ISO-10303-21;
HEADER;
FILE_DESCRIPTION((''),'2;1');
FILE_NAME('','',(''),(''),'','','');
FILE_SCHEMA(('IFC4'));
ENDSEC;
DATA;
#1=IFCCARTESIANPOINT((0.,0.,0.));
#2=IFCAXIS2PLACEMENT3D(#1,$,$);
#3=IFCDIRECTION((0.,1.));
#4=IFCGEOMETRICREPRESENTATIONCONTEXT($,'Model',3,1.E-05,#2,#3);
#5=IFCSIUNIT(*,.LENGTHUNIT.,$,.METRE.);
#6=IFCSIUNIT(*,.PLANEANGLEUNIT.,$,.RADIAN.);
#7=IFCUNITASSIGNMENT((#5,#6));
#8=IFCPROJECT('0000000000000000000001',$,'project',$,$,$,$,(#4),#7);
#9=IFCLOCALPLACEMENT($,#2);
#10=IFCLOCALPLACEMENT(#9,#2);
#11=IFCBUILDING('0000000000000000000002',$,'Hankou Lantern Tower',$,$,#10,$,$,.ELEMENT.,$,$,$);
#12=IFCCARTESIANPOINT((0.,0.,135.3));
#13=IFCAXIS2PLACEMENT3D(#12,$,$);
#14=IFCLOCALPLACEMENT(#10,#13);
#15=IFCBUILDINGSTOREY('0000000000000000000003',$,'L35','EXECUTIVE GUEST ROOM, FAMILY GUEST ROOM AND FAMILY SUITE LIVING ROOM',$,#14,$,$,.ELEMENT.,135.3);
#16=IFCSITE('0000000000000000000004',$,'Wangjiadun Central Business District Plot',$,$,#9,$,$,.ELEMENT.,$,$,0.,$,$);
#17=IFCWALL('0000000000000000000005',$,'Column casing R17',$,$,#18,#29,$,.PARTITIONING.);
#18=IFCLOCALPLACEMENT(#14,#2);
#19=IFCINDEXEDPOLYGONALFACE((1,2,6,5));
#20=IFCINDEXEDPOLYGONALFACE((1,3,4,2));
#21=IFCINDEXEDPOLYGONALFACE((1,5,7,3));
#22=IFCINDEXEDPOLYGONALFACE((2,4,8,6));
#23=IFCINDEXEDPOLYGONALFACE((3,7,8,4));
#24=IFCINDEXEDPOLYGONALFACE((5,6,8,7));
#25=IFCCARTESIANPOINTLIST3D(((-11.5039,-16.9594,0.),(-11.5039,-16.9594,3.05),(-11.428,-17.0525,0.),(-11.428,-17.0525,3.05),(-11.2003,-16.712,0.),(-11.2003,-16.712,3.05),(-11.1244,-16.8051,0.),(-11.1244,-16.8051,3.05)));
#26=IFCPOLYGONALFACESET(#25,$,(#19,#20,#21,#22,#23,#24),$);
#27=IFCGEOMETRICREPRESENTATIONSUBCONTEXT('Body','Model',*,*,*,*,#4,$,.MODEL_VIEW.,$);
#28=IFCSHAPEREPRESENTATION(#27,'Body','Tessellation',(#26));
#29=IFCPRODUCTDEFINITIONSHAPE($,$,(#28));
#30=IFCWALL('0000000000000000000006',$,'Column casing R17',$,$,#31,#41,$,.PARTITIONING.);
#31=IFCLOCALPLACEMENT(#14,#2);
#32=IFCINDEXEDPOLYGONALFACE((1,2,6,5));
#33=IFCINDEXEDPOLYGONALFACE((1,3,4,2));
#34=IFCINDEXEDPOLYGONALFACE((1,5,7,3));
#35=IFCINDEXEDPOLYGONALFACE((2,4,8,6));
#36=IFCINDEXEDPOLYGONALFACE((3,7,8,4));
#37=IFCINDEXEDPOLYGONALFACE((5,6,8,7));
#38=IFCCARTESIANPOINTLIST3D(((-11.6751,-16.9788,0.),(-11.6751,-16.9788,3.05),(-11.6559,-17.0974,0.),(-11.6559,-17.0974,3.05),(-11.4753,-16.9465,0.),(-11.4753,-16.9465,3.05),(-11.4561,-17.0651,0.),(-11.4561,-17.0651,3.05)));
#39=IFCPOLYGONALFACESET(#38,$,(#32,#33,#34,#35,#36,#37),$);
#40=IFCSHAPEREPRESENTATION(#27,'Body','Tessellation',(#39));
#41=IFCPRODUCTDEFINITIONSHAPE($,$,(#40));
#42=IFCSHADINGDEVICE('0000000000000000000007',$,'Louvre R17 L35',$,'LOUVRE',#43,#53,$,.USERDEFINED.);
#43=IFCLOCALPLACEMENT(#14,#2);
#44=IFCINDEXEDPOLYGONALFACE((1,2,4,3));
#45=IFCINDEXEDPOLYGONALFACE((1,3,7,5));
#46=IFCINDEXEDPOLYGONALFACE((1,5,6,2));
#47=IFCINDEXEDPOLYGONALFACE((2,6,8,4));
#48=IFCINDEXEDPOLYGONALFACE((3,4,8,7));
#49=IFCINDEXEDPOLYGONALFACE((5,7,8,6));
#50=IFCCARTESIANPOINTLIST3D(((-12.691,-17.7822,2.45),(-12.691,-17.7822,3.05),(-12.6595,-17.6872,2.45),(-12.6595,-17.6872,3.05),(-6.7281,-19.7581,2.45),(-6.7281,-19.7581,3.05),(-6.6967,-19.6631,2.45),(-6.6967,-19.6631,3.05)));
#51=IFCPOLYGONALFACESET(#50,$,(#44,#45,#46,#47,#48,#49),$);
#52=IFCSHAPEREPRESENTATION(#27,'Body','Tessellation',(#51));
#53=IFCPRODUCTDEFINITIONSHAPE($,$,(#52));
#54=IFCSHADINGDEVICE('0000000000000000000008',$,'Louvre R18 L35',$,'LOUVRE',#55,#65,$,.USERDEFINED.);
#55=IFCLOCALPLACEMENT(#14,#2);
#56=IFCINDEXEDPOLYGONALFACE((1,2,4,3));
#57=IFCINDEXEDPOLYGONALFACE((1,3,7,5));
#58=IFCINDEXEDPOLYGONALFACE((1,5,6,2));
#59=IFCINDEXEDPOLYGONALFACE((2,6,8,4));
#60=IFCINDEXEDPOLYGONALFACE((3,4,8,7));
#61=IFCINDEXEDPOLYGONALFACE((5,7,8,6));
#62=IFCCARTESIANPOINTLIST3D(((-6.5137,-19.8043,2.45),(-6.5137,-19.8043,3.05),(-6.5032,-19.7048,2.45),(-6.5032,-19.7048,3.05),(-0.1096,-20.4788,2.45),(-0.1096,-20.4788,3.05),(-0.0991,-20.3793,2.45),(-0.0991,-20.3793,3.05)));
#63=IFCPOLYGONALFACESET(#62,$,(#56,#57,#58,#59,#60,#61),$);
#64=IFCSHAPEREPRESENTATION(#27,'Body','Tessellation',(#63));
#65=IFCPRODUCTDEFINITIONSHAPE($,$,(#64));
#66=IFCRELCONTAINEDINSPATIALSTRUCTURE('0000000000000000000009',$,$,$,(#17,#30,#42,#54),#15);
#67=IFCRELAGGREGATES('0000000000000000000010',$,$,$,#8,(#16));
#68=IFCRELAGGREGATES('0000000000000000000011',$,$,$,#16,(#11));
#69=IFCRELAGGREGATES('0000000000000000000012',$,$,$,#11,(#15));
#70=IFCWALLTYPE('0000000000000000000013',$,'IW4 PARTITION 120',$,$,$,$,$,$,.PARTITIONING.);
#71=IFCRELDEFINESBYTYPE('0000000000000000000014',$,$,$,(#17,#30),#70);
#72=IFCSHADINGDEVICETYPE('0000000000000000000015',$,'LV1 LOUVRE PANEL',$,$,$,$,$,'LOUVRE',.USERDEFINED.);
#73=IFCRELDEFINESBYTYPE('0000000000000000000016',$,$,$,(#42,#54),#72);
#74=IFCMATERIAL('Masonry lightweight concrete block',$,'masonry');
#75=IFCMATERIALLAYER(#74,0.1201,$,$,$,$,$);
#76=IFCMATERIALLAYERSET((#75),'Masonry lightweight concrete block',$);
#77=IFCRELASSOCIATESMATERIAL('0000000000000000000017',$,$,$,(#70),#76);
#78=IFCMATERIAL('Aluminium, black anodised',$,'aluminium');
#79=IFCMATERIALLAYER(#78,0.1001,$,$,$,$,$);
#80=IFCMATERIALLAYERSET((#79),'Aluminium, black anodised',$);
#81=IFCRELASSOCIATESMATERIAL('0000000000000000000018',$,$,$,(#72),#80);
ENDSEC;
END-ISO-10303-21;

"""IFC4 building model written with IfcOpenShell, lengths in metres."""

from ifc_helpers import new_model, si_unit, direction, frame, frame_2d, origin, origin_2d, place, context, subcontext, project, spatial, rectangle, extrude, material, layer, layer_set, type_object, element, save


model = new_model("IFC4")

# Units and contexts
model_context = context("Model", 3, precision=1e-05, world=origin(), true_north=direction((0.0, 1.0)))
body_context = subcontext(model_context, "Body", "Model", "MODEL_VIEW")
ifc_project = project(units=[si_unit("LENGTHUNIT", "METRE"), si_unit("PLANEANGLEUNIT", "RADIAN")], contexts=[model_context])

# Site, building, storey
site_placement = place(None, origin())
site = spatial("IfcSite", under=ifc_project, at=site_placement, Name="Wangjiadun Central Business District Plot", CompositionType="ELEMENT", RefElevation=0.0)
building_placement = place(site_placement, origin())
building = spatial("IfcBuilding", under=site, at=building_placement, Name="Hankou Lantern Tower", CompositionType="ELEMENT")
storey_placement = place(building_placement, frame((0.0, 0.0, 135.3)))
storey = spatial("IfcBuildingStorey", under=building, at=storey_placement, Name="L35", Description="EXECUTIVE GUEST ROOM, FAMILY GUEST ROOM AND FAMILY SUITE LIVING ROOM", CompositionType="ELEMENT", Elevation=135.3)

# Walls
ifc_material_1 = material(Name="Masonry lightweight concrete block", Category="masonry")
ifc_layer_1 = layer(ifc_material_1, 0.1201)
ifc_layer_set_1 = layer_set([ifc_layer_1], Name="Masonry lightweight concrete block")
wall_type_1 = type_object("IfcWallType", Name="IW4 PARTITION 120", PredefinedType="PARTITIONING", material=ifc_layer_set_1)
wall_1_placement = place(storey_placement, frame((-11.1624, -16.7585, 0.0), z_axis=(0.0, 0.0, 1.0), x_axis=(-0.775178, -0.631742, 0.0)))
element("IfcWall", 1, at=wall_1_placement, inside=storey, type_object=wall_type_1, Name="Column casing R17", PredefinedType="PARTITIONING", context=body_context, shape_type="SweptSolid", body=[
    extrude(rectangle(XDim=0.3916, YDim=0.1201, at=frame_2d((0.1958, 0.0))), origin(), (0.0, 0.0, 1.0), 3.05),
])
wall_2_placement = place(storey_placement, frame((-11.4658, -17.0059, 0.0), z_axis=(0.0, 0.0, 1.0), x_axis=(-0.987229, -0.159308, 0.0)))
element("IfcWall", 2, at=wall_2_placement, inside=storey, type_object=wall_type_1, Name="Column casing R17", PredefinedType="PARTITIONING", context=body_context, shape_type="SweptSolid", body=[
    extrude(rectangle(XDim=0.2024, YDim=0.1201, at=frame_2d((0.1011, 0.0))), origin(), (0.0, 0.0, 1.0), 3.05),
])

# Shading devices
ifc_material_2 = material(Name="Aluminium, black anodised", Category="aluminium")
ifc_layer_2 = layer(ifc_material_2, 0.1001)
ifc_layer_set_2 = layer_set([ifc_layer_2], Name="Aluminium, black anodised")
shading_device_type = type_object("IfcShadingDeviceType", Name="LV1 LOUVRE PANEL", ElementType="LOUVRE", PredefinedType="USERDEFINED", material=ifc_layer_set_2)
shading_device_1_placement = place(storey_placement, frame((-9.6938, -18.7227, 2.45), z_axis=(0.0, 0.0, 1.0), x_axis=(0.949241, -0.314551, 0.0)))
element("IfcShadingDevice", 3, at=shading_device_1_placement, inside=storey, type_object=shading_device_type, Name="Louvre R17 L35", ObjectType="LOUVRE", PredefinedType="USERDEFINED", context=body_context, shape_type="SweptSolid", body=[
    extrude(rectangle(XDim=6.2817, YDim=0.1001, at=origin_2d()), origin(), (0.0, 0.0, 1.0), 0.6001),
])
shading_device_2_placement = place(storey_placement, frame((-3.3064, -20.0918, 2.45), z_axis=(0.0, 0.0, 1.0), x_axis=(0.994499, -0.104743, 0.0)))
element("IfcShadingDevice", 4, at=shading_device_2_placement, inside=storey, type_object=shading_device_type, Name="Louvre R18 L35", ObjectType="LOUVRE", PredefinedType="USERDEFINED", context=body_context, shape_type="SweptSolid", body=[
    extrude(rectangle(XDim=6.4395, YDim=0.1001, at=origin_2d()), origin(), (0.0, 0.0, 1.0), 0.6001),
])

save(model, "model.ifc")
